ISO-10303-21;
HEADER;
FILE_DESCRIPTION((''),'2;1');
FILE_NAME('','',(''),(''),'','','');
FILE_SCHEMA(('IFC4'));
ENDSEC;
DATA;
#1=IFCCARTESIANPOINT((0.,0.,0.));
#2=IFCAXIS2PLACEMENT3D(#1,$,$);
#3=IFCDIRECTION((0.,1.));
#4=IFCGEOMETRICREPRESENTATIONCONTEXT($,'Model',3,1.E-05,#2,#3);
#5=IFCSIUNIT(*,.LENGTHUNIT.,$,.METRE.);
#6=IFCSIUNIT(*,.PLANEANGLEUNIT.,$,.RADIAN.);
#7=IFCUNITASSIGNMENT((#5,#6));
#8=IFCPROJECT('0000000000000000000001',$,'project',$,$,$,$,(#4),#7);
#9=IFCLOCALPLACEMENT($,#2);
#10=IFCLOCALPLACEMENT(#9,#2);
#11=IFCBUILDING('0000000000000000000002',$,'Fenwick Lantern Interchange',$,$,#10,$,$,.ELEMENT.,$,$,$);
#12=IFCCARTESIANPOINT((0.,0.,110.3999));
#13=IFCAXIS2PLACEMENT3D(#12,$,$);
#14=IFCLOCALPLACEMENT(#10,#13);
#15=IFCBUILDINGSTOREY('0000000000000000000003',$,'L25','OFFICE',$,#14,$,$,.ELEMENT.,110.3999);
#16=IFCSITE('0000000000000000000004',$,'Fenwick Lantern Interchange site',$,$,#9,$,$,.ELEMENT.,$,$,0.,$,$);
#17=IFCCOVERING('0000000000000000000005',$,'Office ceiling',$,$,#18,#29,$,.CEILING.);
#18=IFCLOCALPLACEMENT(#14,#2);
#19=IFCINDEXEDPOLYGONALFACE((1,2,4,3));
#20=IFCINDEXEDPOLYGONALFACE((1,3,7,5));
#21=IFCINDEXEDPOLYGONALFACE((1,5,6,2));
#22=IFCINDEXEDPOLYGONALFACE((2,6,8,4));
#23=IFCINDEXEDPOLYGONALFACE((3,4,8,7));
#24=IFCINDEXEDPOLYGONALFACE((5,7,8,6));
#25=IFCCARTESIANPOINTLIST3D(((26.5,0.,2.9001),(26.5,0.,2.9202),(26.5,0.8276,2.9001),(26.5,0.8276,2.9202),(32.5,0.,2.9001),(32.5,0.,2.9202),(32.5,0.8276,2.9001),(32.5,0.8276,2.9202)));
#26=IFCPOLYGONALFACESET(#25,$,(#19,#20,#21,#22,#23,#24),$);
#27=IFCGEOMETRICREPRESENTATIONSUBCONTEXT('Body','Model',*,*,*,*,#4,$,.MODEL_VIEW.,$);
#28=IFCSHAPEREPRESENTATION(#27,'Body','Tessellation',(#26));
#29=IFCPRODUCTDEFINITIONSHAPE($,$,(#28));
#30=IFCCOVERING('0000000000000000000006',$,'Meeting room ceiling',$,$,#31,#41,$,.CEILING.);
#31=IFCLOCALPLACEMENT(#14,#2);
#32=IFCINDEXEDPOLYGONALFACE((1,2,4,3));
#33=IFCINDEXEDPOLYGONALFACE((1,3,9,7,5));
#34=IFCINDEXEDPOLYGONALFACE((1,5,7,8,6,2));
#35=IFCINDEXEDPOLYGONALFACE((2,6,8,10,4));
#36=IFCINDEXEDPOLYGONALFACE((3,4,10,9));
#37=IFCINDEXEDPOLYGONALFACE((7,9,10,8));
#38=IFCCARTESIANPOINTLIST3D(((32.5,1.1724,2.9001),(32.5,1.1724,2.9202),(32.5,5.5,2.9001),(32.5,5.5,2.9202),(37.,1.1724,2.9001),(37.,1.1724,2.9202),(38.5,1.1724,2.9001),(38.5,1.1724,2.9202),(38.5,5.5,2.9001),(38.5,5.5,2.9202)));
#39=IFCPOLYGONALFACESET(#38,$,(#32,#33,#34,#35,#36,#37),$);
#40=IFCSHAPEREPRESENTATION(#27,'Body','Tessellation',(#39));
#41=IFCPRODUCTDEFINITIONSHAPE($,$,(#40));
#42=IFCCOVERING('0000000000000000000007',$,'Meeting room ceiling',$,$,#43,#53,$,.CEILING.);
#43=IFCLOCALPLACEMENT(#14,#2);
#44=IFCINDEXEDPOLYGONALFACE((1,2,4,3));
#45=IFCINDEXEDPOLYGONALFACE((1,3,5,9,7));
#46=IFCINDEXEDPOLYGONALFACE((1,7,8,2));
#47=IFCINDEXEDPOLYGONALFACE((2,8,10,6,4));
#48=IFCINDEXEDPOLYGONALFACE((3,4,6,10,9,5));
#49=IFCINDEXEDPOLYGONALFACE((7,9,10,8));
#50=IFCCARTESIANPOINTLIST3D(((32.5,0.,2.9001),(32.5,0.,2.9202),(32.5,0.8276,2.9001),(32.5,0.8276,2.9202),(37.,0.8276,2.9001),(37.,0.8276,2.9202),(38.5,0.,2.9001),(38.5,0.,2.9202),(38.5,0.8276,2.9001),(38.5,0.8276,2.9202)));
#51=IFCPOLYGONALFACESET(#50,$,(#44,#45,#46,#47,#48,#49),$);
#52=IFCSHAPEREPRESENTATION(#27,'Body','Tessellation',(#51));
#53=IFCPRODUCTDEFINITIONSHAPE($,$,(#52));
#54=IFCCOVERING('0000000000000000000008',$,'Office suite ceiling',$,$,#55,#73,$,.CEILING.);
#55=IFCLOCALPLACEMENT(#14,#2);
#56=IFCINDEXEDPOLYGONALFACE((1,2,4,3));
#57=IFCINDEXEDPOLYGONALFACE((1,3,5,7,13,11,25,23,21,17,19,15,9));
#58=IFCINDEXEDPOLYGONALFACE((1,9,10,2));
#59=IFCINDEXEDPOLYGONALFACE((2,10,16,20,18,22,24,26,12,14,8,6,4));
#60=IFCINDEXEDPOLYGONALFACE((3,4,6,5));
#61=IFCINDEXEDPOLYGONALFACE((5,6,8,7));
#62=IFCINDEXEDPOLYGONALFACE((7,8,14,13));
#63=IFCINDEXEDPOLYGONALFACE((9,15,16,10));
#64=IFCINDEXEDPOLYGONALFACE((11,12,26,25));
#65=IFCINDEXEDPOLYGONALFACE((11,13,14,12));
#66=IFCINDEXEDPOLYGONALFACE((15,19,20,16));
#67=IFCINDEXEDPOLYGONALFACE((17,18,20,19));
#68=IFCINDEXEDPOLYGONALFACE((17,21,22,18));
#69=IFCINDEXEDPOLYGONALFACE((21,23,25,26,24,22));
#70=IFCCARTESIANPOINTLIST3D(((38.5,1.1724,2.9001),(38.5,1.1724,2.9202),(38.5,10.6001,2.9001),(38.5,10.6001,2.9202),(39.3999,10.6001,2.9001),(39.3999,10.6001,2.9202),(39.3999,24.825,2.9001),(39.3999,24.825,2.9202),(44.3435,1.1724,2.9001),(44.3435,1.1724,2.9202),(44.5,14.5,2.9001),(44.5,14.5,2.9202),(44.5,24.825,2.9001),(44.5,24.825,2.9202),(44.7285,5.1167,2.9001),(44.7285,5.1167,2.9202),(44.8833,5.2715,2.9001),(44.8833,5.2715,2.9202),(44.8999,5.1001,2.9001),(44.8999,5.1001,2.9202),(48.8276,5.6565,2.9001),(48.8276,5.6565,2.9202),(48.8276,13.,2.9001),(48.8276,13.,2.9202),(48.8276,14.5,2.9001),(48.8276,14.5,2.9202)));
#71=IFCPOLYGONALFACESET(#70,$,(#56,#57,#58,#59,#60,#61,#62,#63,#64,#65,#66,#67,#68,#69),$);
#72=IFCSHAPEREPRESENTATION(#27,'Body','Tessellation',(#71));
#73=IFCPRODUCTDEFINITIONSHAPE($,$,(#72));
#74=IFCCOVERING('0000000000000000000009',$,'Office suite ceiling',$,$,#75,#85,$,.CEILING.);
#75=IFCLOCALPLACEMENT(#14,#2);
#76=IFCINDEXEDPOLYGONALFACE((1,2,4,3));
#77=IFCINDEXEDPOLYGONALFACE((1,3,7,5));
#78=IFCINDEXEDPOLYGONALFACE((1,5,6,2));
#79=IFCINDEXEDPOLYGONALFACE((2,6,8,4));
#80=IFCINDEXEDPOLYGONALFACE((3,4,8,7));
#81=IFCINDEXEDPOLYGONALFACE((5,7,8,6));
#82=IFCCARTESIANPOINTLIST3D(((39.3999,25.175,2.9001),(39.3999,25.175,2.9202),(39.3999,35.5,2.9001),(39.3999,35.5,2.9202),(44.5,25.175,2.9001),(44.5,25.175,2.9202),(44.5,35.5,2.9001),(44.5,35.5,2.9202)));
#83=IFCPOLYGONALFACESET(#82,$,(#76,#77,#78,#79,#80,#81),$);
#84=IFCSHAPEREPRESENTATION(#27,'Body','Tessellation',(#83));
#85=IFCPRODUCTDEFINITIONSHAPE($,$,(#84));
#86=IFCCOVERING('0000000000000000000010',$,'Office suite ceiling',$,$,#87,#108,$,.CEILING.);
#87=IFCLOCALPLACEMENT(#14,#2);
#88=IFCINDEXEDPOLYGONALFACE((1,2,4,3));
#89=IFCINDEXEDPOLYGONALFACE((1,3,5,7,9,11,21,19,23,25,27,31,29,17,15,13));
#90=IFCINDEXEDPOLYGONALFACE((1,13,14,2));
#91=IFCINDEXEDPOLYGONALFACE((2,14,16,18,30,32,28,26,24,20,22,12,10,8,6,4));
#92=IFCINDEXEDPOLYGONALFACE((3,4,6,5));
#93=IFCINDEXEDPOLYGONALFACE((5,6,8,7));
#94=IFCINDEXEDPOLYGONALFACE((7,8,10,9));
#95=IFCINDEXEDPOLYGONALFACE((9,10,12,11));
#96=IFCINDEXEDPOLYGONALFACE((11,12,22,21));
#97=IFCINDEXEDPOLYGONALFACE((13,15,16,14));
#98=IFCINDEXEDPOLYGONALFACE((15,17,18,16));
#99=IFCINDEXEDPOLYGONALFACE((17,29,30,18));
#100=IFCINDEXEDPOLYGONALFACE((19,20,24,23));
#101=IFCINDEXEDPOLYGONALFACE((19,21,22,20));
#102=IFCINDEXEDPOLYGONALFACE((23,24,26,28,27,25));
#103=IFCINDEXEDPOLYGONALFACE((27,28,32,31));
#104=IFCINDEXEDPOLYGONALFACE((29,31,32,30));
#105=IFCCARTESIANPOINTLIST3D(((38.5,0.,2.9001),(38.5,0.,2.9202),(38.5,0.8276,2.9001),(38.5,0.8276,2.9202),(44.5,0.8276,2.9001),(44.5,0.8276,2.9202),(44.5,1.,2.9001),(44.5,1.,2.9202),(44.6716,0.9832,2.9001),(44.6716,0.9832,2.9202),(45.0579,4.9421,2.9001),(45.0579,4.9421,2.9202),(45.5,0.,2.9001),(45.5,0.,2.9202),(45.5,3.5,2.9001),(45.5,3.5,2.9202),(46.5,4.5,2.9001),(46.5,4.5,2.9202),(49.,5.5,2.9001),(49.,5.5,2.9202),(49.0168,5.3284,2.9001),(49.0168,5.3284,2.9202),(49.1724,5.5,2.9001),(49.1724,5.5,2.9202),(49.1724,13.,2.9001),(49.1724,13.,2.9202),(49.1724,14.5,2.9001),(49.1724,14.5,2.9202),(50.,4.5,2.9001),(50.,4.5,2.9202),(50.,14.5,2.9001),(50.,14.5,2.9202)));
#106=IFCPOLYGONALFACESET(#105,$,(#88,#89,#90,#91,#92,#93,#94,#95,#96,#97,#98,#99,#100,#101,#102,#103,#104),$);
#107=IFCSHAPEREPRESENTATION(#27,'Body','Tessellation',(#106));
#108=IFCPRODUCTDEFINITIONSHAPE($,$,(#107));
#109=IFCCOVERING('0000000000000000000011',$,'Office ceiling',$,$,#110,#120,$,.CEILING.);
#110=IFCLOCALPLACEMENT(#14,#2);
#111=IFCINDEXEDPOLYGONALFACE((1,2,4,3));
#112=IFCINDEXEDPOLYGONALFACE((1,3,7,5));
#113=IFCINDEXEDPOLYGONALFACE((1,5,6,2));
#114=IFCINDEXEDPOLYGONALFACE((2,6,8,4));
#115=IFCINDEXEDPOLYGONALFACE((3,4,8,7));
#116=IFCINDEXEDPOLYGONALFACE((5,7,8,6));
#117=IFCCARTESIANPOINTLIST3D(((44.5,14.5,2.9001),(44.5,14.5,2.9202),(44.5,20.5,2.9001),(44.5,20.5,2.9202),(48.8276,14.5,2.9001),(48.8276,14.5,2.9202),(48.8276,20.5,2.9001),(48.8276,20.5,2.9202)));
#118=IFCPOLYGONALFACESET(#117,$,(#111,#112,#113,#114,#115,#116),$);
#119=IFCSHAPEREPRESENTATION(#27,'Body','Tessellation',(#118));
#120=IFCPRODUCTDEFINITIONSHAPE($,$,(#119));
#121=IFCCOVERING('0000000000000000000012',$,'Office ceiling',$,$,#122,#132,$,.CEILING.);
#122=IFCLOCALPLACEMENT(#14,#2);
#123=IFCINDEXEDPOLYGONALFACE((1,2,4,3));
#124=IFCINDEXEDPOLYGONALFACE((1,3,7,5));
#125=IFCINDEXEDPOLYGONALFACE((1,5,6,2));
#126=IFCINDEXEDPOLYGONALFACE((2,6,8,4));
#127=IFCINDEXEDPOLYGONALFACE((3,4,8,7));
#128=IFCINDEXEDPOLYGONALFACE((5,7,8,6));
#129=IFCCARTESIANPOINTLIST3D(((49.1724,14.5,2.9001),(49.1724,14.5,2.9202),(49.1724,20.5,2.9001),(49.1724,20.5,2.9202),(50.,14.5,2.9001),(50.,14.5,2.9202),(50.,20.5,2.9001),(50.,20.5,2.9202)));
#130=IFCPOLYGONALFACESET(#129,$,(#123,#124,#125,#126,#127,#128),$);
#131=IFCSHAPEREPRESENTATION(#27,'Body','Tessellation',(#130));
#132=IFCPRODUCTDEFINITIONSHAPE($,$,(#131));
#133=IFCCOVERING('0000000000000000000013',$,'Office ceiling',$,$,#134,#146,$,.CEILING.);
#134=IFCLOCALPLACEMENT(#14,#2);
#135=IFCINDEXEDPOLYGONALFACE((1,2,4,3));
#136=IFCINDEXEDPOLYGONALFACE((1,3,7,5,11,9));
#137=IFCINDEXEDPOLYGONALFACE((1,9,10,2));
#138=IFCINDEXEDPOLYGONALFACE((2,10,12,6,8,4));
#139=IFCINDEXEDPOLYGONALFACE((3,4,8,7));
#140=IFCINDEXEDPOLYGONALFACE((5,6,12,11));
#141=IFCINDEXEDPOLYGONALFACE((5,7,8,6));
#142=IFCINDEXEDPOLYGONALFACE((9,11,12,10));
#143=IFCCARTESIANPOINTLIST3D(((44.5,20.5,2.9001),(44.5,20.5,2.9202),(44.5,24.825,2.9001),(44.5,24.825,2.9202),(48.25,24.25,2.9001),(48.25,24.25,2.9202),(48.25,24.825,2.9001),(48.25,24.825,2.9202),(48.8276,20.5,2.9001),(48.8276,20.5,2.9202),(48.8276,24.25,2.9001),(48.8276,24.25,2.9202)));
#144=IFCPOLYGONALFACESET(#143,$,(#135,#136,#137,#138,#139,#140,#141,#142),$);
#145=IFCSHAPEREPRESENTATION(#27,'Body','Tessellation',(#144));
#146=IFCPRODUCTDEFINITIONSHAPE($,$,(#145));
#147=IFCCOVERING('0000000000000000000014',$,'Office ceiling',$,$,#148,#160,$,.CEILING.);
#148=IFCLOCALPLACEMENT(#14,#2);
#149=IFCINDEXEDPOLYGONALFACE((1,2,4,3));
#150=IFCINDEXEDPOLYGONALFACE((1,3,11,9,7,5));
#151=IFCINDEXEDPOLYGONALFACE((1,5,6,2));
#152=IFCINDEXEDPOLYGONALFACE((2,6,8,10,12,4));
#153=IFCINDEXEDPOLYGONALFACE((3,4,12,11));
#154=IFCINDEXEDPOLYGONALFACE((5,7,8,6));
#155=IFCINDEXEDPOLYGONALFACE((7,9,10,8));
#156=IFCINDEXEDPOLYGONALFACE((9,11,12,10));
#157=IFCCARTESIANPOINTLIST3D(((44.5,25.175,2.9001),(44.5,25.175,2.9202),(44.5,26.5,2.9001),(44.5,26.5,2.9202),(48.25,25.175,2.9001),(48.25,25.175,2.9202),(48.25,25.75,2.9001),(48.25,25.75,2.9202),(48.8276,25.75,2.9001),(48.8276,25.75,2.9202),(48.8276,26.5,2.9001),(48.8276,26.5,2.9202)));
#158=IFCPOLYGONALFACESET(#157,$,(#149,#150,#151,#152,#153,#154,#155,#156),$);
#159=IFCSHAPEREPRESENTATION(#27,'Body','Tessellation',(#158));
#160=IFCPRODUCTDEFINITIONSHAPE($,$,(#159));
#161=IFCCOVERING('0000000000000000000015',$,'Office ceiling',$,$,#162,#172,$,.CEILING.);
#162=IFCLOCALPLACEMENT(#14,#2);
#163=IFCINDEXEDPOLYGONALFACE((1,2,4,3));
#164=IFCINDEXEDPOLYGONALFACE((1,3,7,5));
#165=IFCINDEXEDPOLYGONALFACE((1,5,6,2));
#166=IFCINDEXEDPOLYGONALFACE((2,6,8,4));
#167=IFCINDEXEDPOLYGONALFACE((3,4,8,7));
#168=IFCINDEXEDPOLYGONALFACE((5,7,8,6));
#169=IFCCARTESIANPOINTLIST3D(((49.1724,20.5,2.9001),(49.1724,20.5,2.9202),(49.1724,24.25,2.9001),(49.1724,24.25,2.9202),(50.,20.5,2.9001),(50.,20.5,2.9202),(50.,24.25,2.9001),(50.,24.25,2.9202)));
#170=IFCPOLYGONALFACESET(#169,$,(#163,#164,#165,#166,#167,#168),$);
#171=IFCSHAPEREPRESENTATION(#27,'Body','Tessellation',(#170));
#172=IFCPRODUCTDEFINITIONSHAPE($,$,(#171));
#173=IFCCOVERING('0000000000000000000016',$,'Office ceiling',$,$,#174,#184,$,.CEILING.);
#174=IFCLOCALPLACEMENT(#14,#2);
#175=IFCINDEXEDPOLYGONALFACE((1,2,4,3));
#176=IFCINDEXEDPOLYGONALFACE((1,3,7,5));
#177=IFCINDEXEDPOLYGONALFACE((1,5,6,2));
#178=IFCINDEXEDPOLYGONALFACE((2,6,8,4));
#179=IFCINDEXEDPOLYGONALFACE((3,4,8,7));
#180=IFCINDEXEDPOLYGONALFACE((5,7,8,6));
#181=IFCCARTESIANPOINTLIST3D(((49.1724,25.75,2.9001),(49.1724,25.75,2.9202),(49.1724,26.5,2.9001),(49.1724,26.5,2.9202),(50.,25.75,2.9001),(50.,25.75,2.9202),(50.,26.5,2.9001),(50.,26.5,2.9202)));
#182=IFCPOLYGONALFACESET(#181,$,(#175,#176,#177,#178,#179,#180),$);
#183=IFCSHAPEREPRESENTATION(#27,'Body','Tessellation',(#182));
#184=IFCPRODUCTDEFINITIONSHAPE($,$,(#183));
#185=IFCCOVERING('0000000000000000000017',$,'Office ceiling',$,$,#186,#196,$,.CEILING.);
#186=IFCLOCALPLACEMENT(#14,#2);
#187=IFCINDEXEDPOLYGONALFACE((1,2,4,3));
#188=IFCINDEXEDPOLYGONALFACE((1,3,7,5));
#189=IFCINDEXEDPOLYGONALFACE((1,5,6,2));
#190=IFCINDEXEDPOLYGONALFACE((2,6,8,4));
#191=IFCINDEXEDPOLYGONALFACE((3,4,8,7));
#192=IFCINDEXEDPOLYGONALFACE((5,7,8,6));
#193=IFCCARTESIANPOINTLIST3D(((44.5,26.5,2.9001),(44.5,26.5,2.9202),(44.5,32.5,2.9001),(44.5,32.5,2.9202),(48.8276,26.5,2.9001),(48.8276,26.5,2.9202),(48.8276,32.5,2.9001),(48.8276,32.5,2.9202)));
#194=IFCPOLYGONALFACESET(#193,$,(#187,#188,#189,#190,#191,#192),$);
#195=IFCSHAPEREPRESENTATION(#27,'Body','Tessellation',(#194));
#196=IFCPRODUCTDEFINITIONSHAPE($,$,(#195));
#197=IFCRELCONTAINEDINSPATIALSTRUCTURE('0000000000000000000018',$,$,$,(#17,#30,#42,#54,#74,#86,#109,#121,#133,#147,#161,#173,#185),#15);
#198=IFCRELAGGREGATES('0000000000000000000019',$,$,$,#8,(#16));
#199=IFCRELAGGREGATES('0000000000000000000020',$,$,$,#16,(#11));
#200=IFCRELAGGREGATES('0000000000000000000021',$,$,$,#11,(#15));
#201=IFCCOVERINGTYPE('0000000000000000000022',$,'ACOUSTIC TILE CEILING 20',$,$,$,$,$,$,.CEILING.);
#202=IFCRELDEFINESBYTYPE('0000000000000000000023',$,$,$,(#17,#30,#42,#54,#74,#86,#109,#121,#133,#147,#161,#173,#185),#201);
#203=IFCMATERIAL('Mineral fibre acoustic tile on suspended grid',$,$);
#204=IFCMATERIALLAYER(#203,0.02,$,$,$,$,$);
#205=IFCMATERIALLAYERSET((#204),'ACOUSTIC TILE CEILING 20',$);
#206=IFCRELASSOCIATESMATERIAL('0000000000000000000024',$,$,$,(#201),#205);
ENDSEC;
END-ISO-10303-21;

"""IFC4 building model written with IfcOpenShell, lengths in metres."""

from ifc_helpers import new_model, si_unit, direction, frame, origin, place, context, subcontext, project, spatial, polyline, outline, extrude, material, layer, layer_set, type_object, element, save


model = new_model("IFC4")

# Units and contexts
model_context = context("Model", 3, precision=1e-05, world=origin(), true_north=direction((0.0, 1.0)))
body_context = subcontext(model_context, "Body", "Model", "MODEL_VIEW")
ifc_project = project(units=[si_unit("LENGTHUNIT", "METRE"), si_unit("PLANEANGLEUNIT", "RADIAN")], contexts=[model_context])

# Site, building, storey
site_placement = place(None, origin())
site = spatial("IfcSite", under=ifc_project, at=site_placement, Name="Fenwick Lantern Interchange site", CompositionType="ELEMENT", RefElevation=0.0)
building_placement = place(site_placement, origin())
building = spatial("IfcBuilding", under=site, at=building_placement, Name="Fenwick Lantern Interchange", CompositionType="ELEMENT")
storey_placement = place(building_placement, frame((0.0, 0.0, 110.3999)))
storey = spatial("IfcBuildingStorey", under=building, at=storey_placement, Name="L25", Description="OFFICE", CompositionType="ELEMENT", Elevation=110.3999)

# Coverings
ifc_material = material(Name="Mineral fibre acoustic tile on suspended grid")
ifc_layer = layer(ifc_material, 0.02)
ifc_layer_set = layer_set([ifc_layer], Name="ACOUSTIC TILE CEILING 20")
covering_type = type_object("IfcCoveringType", Name="ACOUSTIC TILE CEILING 20", PredefinedType="CEILING", material=ifc_layer_set)
covering_1_placement = place(storey_placement, frame((0.0, 0.0, 2.9001)))
element("IfcCovering", 1, at=covering_1_placement, inside=storey, type_object=covering_type, Name="Office ceiling", PredefinedType="CEILING", context=body_context, shape_type="SweptSolid", body=[
    extrude(outline(polyline([(32.5, 0.0), (32.5, 0.8276), (26.5, 0.8276), (26.5, 0.0), (32.5, 0.0)])), origin(), (0.0, 0.0, 1.0), 0.02),
])
covering_2_placement = place(storey_placement, frame((0.0, 0.0, 2.9001)))
element("IfcCovering", 2, at=covering_2_placement, inside=storey, type_object=covering_type, Name="Meeting room ceiling", PredefinedType="CEILING", context=body_context, shape_type="SweptSolid", body=[
    extrude(outline(polyline([(32.5, 5.5), (32.5, 1.1724), (37.0, 1.1724), (38.5, 1.1724), (38.5, 5.5), (32.5, 5.5)])), origin(), (0.0, 0.0, 1.0), 0.02),
])
covering_3_placement = place(storey_placement, frame((0.0, 0.0, 2.9001)))
element("IfcCovering", 3, at=covering_3_placement, inside=storey, type_object=covering_type, Name="Meeting room ceiling", PredefinedType="CEILING", context=body_context, shape_type="SweptSolid", body=[
    extrude(outline(polyline([(38.5, 0.0), (38.5, 0.8276), (37.0, 0.8276), (32.5, 0.8276), (32.5, 0.0), (38.5, 0.0)])), origin(), (0.0, 0.0, 1.0), 0.02),
])
covering_4_placement = place(storey_placement, frame((0.0, 0.0, 2.9001)))
element("IfcCovering", 4, at=covering_4_placement, inside=storey, type_object=covering_type, Name="Office suite ceiling", PredefinedType="CEILING", context=body_context, shape_type="SweptSolid", body=[
    extrude(outline(polyline([(38.5, 10.6001), (38.5, 1.1724), (44.3435, 1.1724), (44.7285, 5.1167), (44.8999, 5.1001), (44.8833, 5.2715), (48.8276, 5.6565), (48.8276, 13.0), (48.8276, 14.5), (44.5, 14.5), (44.5, 24.825), (39.3999, 24.825), (39.3999, 10.6001), (38.5, 10.6001)])), origin(), (0.0, 0.0, 1.0), 0.02),
])
covering_5_placement = place(storey_placement, frame((0.0, 0.0, 2.9001)))
element("IfcCovering", 5, at=covering_5_placement, inside=storey, type_object=covering_type, Name="Office suite ceiling", PredefinedType="CEILING", context=body_context, shape_type="SweptSolid", body=[
    extrude(outline(polyline([(39.3999, 35.5), (39.3999, 25.175), (44.5, 25.175), (44.5, 35.5), (39.3999, 35.5)])), origin(), (0.0, 0.0, 1.0), 0.02),
])
covering_6_placement = place(storey_placement, frame((0.0, 0.0, 2.9001)))
element("IfcCovering", 6, at=covering_6_placement, inside=storey, type_object=covering_type, Name="Office suite ceiling", PredefinedType="CEILING", context=body_context, shape_type="SweptSolid", body=[
    extrude(outline(polyline([(38.5, 0.8276), (38.5, 0.0), (45.5, 0.0), (45.5, 3.5), (46.5, 4.5), (50.0, 4.5), (50.0, 14.5), (49.1724, 14.5), (49.1724, 13.0), (49.1724, 5.5), (49.0, 5.5), (49.0168, 5.3284), (45.0579, 4.9421), (44.6716, 0.9832), (44.5, 1.0), (44.5, 0.8276), (38.5, 0.8276)])), origin(), (0.0, 0.0, 1.0), 0.02),
])
covering_7_placement = place(storey_placement, frame((0.0, 0.0, 2.9001)))
element("IfcCovering", 7, at=covering_7_placement, inside=storey, type_object=covering_type, Name="Office ceiling", PredefinedType="CEILING", context=body_context, shape_type="SweptSolid", body=[
    extrude(outline(polyline([(44.5, 14.5), (48.8276, 14.5), (48.8276, 20.5), (44.5, 20.5), (44.5, 14.5)])), origin(), (0.0, 0.0, 1.0), 0.02),
])
covering_8_placement = place(storey_placement, frame((0.0, 0.0, 2.9001)))
element("IfcCovering", 8, at=covering_8_placement, inside=storey, type_object=covering_type, Name="Office ceiling", PredefinedType="CEILING", context=body_context, shape_type="SweptSolid", body=[
    extrude(outline(polyline([(50.0, 20.5), (49.1724, 20.5), (49.1724, 14.5), (50.0, 14.5), (50.0, 20.5)])), origin(), (0.0, 0.0, 1.0), 0.02),
])
covering_9_placement = place(storey_placement, frame((0.0, 0.0, 2.9001)))
element("IfcCovering", 9, at=covering_9_placement, inside=storey, type_object=covering_type, Name="Office ceiling", PredefinedType="CEILING", context=body_context, shape_type="SweptSolid", body=[
    extrude(outline(polyline([(44.5, 20.5), (48.8276, 20.5), (48.8276, 24.25), (48.25, 24.25), (48.25, 24.825), (44.5, 24.825), (44.5, 20.5)])), origin(), (0.0, 0.0, 1.0), 0.02),
])
covering_10_placement = place(storey_placement, frame((0.0, 0.0, 2.9001)))
element("IfcCovering", 10, at=covering_10_placement, inside=storey, type_object=covering_type, Name="Office ceiling", PredefinedType="CEILING", context=body_context, shape_type="SweptSolid", body=[
    extrude(outline(polyline([(44.5, 26.5), (44.5, 25.175), (48.25, 25.175), (48.25, 25.75), (48.8276, 25.75), (48.8276, 26.5), (44.5, 26.5)])), origin(), (0.0, 0.0, 1.0), 0.02),
])
covering_11_placement = place(storey_placement, frame((0.0, 0.0, 2.9001)))
element("IfcCovering", 11, at=covering_11_placement, inside=storey, type_object=covering_type, Name="Office ceiling", PredefinedType="CEILING", context=body_context, shape_type="SweptSolid", body=[
    extrude(outline(polyline([(49.1724, 20.5), (50.0, 20.5), (50.0, 24.25), (49.1724, 24.25), (49.1724, 20.5)])), origin(), (0.0, 0.0, 1.0), 0.02),
])
covering_12_placement = place(storey_placement, frame((0.0, 0.0, 2.9001)))
element("IfcCovering", 12, at=covering_12_placement, inside=storey, type_object=covering_type, Name="Office ceiling", PredefinedType="CEILING", context=body_context, shape_type="SweptSolid", body=[
    extrude(outline(polyline([(50.0, 26.5), (49.1724, 26.5), (49.1724, 25.75), (50.0, 25.75), (50.0, 26.5)])), origin(), (0.0, 0.0, 1.0), 0.02),
])
covering_13_placement = place(storey_placement, frame((0.0, 0.0, 2.9001)))
element("IfcCovering", 13, at=covering_13_placement, inside=storey, type_object=covering_type, Name="Office ceiling", PredefinedType="CEILING", context=body_context, shape_type="SweptSolid", body=[
    extrude(outline(polyline([(44.5, 26.5), (48.8276, 26.5), (48.8276, 32.5), (44.5, 32.5), (44.5, 26.5)])), origin(), (0.0, 0.0, 1.0), 0.02),
])

save(model, "model.ifc")
